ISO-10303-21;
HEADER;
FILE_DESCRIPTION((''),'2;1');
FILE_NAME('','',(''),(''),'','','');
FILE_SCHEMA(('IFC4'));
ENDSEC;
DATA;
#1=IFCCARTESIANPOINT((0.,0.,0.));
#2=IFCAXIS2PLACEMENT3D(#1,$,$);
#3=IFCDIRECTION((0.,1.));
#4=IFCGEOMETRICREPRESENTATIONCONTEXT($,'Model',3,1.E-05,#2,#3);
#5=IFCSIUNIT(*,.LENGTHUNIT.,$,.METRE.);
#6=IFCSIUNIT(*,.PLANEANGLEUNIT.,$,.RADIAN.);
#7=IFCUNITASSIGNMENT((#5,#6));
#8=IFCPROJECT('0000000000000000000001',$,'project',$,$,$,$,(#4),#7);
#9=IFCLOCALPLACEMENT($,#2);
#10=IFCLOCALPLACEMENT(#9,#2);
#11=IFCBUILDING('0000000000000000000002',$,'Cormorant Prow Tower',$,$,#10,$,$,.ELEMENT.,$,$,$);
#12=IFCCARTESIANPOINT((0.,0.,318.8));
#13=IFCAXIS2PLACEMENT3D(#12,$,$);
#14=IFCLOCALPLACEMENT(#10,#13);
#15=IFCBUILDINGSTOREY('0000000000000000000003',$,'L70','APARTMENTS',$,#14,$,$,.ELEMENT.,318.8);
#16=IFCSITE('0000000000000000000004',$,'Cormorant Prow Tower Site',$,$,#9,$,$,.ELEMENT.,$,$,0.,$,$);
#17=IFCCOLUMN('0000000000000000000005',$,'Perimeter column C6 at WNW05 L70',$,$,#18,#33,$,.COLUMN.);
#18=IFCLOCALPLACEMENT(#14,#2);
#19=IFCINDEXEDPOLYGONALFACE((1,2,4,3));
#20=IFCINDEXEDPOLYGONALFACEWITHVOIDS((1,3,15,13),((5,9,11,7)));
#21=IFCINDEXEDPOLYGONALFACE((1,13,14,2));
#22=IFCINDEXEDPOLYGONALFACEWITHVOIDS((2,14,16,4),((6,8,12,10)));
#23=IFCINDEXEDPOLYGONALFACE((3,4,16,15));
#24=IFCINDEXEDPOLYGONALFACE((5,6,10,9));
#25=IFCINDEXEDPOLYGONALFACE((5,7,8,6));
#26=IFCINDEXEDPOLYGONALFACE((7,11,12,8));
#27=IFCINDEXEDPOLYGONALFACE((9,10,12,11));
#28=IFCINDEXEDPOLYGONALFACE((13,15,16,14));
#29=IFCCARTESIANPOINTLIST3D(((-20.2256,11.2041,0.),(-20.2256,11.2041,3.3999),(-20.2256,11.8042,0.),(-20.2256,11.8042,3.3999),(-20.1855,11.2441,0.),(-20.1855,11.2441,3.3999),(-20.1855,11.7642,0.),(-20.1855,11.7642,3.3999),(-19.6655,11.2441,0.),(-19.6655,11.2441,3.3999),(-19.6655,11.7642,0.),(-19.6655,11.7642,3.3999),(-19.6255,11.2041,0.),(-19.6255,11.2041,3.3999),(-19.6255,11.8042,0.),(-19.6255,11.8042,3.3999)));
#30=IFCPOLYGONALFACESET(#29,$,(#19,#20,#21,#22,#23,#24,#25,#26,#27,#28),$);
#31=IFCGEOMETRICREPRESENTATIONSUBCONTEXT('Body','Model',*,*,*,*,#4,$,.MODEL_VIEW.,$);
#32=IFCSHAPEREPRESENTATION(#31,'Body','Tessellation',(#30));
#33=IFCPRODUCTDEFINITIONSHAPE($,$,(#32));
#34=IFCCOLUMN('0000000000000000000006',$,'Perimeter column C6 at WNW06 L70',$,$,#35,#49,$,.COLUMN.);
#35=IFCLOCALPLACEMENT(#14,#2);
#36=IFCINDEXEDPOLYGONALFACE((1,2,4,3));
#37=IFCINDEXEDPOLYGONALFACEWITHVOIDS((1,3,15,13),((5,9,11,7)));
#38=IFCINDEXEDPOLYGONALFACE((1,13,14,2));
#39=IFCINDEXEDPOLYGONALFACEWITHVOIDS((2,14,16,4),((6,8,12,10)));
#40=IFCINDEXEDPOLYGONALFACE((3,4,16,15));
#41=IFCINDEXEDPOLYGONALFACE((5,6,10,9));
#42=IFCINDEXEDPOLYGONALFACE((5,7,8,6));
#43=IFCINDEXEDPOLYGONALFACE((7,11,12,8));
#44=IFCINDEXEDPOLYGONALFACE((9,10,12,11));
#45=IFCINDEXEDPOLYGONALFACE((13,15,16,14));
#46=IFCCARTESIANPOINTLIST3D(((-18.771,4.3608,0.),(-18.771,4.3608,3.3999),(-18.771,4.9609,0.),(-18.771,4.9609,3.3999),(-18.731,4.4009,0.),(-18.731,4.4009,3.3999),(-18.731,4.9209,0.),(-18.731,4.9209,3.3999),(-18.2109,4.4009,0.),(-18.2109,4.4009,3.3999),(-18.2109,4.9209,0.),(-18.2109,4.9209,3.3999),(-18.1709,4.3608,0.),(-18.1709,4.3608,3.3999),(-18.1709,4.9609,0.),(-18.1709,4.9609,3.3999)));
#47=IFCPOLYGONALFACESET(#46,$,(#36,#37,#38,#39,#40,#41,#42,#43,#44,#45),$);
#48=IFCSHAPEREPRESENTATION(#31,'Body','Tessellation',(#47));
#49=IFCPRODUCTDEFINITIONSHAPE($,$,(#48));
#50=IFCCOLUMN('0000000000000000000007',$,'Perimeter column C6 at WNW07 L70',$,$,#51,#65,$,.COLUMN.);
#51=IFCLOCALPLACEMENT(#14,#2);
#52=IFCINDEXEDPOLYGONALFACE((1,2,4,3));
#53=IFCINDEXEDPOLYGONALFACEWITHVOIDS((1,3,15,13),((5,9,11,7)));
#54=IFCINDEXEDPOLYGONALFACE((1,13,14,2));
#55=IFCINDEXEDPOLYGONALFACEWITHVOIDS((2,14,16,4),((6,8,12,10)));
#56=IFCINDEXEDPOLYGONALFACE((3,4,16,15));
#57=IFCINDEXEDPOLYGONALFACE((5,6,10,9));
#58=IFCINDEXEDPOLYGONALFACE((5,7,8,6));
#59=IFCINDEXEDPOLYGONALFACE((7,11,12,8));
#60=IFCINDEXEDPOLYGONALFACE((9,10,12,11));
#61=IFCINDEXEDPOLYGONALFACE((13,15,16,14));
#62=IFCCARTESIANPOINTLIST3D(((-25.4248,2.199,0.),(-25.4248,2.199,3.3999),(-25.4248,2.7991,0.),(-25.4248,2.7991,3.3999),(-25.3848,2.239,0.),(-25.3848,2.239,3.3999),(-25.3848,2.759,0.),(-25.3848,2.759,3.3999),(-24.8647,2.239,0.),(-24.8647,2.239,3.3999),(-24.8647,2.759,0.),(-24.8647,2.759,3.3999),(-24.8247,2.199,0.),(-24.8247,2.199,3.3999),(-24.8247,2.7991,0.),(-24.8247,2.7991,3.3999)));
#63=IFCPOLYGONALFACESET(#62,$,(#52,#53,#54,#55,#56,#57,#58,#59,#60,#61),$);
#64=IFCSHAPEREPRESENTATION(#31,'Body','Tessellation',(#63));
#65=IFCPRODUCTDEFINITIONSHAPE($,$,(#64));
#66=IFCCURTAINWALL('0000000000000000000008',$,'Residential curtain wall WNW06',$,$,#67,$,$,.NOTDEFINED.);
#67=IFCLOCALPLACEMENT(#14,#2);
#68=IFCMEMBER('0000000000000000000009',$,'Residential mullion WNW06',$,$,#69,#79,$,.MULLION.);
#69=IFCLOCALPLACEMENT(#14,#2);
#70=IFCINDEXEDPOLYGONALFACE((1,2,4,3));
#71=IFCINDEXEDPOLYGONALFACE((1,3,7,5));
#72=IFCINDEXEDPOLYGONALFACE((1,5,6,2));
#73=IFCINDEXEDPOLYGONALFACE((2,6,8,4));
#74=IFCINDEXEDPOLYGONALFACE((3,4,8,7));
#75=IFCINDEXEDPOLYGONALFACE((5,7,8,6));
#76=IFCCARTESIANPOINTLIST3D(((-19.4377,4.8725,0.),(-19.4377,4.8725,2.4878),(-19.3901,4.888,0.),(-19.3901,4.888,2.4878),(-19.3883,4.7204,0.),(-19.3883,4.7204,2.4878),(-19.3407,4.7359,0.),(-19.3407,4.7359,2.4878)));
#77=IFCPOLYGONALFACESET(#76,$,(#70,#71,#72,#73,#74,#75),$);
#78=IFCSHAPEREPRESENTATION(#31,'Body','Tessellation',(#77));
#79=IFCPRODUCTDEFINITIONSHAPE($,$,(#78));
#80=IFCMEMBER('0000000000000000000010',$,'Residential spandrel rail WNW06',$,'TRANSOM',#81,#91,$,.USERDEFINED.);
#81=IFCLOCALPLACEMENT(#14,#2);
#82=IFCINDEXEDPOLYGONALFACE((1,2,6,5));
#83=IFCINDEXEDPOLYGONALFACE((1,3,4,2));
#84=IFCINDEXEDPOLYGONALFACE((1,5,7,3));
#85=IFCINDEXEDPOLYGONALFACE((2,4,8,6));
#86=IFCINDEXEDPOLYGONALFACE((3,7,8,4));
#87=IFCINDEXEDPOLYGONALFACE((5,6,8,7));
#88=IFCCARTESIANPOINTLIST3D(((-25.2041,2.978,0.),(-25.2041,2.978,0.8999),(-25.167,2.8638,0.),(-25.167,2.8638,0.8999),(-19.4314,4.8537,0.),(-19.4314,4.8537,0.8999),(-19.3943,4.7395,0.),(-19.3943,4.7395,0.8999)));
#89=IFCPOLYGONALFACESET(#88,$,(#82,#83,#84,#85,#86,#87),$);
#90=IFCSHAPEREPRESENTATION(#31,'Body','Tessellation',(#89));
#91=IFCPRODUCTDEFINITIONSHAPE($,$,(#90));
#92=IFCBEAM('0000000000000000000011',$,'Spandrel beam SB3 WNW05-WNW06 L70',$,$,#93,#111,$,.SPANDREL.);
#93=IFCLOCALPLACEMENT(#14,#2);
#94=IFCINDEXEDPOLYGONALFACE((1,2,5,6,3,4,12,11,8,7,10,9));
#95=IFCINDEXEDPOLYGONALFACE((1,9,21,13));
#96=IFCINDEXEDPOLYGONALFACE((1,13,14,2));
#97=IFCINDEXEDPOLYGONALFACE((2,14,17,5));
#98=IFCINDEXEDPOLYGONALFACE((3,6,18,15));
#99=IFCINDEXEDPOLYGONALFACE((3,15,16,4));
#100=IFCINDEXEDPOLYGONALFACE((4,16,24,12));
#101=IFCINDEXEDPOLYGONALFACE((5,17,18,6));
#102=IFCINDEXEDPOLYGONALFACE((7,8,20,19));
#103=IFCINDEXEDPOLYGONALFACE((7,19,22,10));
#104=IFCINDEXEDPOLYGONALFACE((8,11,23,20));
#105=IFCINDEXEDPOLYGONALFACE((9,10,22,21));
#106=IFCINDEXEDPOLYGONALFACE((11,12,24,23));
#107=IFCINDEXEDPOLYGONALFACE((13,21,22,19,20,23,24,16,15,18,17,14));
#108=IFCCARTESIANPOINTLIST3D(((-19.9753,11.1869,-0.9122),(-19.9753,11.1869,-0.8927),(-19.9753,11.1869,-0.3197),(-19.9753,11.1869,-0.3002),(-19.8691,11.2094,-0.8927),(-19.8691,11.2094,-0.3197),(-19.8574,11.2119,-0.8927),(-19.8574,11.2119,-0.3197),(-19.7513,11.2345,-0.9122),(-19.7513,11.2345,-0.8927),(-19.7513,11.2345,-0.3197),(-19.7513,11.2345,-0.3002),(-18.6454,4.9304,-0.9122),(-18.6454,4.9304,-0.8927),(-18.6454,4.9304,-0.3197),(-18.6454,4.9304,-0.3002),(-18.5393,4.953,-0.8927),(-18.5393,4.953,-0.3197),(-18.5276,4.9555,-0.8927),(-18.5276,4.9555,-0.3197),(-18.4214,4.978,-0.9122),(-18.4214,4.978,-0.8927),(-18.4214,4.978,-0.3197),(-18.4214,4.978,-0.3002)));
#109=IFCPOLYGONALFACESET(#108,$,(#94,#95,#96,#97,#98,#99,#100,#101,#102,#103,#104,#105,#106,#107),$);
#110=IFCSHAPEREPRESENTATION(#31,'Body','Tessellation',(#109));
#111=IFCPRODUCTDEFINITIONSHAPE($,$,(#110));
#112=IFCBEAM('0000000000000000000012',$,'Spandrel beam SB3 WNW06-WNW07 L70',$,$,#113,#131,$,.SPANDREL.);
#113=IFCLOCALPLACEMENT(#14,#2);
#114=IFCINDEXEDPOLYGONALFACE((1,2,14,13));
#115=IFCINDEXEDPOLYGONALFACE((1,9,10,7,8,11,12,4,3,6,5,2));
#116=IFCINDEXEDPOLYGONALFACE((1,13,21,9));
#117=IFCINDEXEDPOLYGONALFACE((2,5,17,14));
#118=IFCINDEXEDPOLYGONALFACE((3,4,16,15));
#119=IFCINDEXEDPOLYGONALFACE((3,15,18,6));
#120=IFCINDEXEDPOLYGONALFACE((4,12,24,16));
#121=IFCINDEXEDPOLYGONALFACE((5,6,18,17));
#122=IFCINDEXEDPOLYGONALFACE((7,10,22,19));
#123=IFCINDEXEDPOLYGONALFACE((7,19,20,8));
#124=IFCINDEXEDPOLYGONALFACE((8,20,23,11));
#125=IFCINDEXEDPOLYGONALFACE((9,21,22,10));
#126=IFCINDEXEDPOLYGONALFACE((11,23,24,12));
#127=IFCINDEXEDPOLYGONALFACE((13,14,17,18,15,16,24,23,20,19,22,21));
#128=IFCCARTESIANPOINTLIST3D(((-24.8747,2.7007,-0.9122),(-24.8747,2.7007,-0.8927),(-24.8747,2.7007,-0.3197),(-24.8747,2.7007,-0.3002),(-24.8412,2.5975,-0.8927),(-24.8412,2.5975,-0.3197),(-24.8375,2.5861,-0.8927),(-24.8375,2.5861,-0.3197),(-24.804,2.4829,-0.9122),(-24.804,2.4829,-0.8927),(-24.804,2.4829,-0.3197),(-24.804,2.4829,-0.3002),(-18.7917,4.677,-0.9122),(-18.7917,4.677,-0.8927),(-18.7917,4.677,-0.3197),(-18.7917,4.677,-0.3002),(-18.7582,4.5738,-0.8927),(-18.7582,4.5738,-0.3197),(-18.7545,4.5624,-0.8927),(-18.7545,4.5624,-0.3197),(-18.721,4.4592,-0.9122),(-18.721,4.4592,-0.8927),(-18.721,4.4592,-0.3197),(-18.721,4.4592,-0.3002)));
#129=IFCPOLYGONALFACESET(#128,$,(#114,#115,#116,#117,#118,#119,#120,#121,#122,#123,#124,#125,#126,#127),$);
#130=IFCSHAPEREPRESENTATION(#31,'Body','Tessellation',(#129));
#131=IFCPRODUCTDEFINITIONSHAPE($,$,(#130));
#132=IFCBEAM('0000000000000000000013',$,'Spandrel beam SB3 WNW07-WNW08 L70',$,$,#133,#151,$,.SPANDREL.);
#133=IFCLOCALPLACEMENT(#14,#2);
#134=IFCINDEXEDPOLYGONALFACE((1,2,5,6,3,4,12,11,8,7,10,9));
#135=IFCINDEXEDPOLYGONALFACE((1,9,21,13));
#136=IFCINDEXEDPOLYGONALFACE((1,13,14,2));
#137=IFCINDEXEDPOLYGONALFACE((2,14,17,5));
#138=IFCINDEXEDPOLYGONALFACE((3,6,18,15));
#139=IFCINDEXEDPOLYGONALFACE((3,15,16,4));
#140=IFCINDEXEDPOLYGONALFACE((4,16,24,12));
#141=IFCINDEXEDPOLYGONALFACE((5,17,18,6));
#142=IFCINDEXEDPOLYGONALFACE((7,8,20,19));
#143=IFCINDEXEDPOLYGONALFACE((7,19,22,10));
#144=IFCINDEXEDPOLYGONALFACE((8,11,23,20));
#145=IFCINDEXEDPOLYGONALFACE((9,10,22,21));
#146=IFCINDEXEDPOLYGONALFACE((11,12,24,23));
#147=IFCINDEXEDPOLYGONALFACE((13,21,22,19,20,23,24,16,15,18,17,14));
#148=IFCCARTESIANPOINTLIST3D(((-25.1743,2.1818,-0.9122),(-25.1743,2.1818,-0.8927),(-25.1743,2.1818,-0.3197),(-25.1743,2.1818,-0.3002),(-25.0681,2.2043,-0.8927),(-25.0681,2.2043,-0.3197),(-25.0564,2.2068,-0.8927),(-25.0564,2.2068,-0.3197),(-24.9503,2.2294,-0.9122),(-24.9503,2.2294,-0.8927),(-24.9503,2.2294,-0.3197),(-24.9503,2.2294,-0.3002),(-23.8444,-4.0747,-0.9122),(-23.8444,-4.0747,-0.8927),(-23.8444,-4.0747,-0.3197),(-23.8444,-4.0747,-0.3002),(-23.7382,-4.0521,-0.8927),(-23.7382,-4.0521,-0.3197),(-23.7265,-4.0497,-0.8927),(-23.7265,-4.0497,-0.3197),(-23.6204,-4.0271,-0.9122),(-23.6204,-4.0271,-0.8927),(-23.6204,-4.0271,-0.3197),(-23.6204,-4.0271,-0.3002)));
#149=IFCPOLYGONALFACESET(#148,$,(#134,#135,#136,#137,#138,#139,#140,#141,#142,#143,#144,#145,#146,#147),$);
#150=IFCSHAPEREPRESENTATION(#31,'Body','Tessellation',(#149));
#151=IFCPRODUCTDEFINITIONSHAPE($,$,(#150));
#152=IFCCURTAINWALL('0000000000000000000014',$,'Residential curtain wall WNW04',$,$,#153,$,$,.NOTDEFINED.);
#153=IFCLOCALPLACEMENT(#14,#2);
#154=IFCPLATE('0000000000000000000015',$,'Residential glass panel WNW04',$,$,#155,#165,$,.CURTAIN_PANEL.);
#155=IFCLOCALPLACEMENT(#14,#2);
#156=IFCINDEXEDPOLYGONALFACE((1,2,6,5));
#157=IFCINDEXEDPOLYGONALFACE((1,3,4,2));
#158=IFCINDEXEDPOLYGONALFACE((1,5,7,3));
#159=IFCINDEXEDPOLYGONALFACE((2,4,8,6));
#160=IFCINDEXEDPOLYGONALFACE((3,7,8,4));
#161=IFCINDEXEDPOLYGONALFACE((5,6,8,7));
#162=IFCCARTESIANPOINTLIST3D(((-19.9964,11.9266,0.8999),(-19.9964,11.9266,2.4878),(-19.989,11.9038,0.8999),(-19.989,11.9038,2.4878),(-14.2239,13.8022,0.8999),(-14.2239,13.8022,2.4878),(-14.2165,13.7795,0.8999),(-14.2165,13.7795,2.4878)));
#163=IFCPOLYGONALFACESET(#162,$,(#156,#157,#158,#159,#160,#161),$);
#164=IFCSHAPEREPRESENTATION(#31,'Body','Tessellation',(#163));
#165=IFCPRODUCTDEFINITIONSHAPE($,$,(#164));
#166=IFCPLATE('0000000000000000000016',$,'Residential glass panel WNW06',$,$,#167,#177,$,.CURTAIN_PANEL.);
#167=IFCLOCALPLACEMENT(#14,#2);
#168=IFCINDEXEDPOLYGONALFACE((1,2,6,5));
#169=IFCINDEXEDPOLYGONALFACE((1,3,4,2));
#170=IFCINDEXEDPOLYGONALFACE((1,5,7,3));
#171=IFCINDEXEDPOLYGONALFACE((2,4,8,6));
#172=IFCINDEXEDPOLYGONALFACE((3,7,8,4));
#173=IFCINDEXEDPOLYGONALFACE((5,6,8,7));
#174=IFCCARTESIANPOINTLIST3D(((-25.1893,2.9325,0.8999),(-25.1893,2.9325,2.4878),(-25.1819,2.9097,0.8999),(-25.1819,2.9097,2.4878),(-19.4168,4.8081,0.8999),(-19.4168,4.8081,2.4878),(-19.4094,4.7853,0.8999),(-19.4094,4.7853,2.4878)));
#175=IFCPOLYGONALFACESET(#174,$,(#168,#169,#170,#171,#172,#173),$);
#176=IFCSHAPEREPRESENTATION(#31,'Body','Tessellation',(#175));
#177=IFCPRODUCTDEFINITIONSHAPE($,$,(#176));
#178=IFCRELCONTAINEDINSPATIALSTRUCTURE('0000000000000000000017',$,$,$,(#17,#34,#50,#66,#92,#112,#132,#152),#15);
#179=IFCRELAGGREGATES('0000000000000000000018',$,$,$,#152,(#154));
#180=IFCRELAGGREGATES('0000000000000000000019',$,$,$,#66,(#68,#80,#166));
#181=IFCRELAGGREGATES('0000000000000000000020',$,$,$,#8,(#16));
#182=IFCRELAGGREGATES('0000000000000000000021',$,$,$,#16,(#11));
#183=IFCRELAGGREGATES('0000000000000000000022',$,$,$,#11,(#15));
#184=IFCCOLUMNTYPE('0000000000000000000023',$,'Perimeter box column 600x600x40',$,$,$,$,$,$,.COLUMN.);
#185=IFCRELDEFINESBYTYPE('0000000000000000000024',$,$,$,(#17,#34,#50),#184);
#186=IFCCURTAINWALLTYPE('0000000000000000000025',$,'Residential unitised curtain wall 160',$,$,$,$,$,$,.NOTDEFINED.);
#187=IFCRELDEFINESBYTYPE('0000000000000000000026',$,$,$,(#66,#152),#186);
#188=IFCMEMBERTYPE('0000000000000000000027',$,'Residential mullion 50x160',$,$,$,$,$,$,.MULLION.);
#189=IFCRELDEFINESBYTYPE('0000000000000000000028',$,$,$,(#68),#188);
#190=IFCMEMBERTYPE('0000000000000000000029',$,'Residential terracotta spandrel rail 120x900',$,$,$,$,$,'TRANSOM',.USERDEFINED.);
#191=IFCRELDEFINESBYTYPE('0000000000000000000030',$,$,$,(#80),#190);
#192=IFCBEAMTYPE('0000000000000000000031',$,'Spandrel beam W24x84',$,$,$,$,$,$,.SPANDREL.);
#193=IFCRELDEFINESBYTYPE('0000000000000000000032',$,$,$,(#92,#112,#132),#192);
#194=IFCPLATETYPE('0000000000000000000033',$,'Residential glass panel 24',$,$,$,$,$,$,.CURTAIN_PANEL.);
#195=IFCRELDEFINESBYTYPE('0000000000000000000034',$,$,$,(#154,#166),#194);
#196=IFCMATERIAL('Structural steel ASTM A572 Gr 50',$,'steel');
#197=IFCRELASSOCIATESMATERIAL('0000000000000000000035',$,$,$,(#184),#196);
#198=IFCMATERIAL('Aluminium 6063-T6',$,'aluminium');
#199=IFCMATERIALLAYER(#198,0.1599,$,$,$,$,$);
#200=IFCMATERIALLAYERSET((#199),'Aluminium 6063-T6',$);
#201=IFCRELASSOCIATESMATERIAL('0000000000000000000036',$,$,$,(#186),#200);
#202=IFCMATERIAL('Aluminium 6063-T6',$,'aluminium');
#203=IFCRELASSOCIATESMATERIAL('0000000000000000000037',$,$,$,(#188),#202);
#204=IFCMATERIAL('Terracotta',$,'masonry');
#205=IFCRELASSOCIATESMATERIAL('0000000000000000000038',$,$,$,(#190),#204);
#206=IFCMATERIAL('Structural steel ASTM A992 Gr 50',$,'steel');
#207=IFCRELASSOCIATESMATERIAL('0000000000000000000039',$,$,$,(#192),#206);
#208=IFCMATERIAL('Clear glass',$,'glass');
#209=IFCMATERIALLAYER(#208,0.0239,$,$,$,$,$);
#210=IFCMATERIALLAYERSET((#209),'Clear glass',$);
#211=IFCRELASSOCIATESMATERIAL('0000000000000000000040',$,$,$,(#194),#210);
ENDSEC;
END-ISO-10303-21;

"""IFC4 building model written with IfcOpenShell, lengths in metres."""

from ifc_helpers import new_model, si_unit, direction, frame, origin, origin_2d, place, context, subcontext, project, spatial, rectangle, hollow_rectangle, i_section, extrude, material, layer, layer_set, material_profile, profile_set, type_object, element, aggregate, save


model = new_model("IFC4")

# Units and contexts
model_context = context("Model", 3, precision=1e-05, world=origin(), true_north=direction((0.0, 1.0)))
body_context = subcontext(model_context, "Body", "Model", "MODEL_VIEW")
ifc_project = project(units=[si_unit("LENGTHUNIT", "METRE"), si_unit("PLANEANGLEUNIT", "RADIAN")], contexts=[model_context])

# Site, building, storey
site_placement = place(None, origin())
site = spatial("IfcSite", under=ifc_project, at=site_placement, Name="Cormorant Prow Tower Site", CompositionType="ELEMENT", RefElevation=0.0)
building_placement = place(site_placement, origin())
building = spatial("IfcBuilding", under=site, at=building_placement, Name="Cormorant Prow Tower", CompositionType="ELEMENT")
storey_placement = place(building_placement, frame((0.0, 0.0, 318.8)))
storey = spatial("IfcBuildingStorey", under=building, at=storey_placement, Name="L70", Description="APARTMENTS", CompositionType="ELEMENT", Elevation=318.8)

# Columns
ifc_material_1 = material(Name="Structural steel ASTM A572 Gr 50", Category="steel")
ifc_material_profile_1 = material_profile(ifc_material_1, hollow_rectangle(XDim=0.6001, YDim=0.6001, WallThickness=0.04, at=origin_2d()), Name="Box 600x600x40")
ifc_profile_set_1 = profile_set([ifc_material_profile_1], Name="Structural steel ASTM A572 Gr 50")
column_type = type_object("IfcColumnType", Name="Perimeter box column 600x600x40", PredefinedType="COLUMN", material=ifc_profile_set_1)
for number, where, z_axis, x_axis, name in (
    (1, (-19.9255, 11.5042, 0.0), (0.0, 0.0, 1.0), (1.0, 0.0, 0.0), "Perimeter column C6 at WNW05 L70"),
    (2, (-18.4709, 4.6609, 0.0), (0.0, 0.0, 1.0), (1.0, 0.0, 0.0), "Perimeter column C6 at WNW06 L70"),
    (3, (-25.1248, 2.499, 0.0), (0.0, 0.0, 1.0), (1.0, 0.0, 0.0), "Perimeter column C6 at WNW07 L70"),
):
    element("IfcColumn", number, at=place(storey_placement, frame(where, z_axis=z_axis, x_axis=x_axis)), inside=storey, type_object=column_type, Name=name, PredefinedType="COLUMN", context=body_context, shape_type="SweptSolid", body=[
        extrude(hollow_rectangle(XDim=0.6001, YDim=0.6001, WallThickness=0.04, at=origin_2d()), origin(), (0.0, 0.0, 1.0), 3.3999),
    ])

# Curtain wall, members
ifc_material_2 = material(Name="Aluminium 6063-T6", Category="aluminium")
ifc_layer_1 = layer(ifc_material_2, 0.1599)
ifc_layer_set_1 = layer_set([ifc_layer_1], Name="Aluminium 6063-T6")
curtain_wall_type = type_object("IfcCurtainWallType", Name="Residential unitised curtain wall 160", PredefinedType="NOTDEFINED", material=ifc_layer_set_1)
curtain_wall_1_placement = place(storey_placement, origin())
curtain_wall_1 = element("IfcCurtainWall", 4, at=curtain_wall_1_placement, inside=storey, type_object=curtain_wall_type, Name="Residential curtain wall WNW06", PredefinedType="NOTDEFINED")
ifc_material_3 = material(Name="Aluminium 6063-T6", Category="aluminium")
ifc_material_profile_2 = material_profile(ifc_material_3, rectangle(XDim=0.1599, YDim=0.05, at=origin_2d()), Name="Residential mullion 50x160")
ifc_profile_set_2 = profile_set([ifc_material_profile_2], Name="Aluminium 6063-T6")
member_type_1 = type_object("IfcMemberType", Name="Residential mullion 50x160", PredefinedType="MULLION", material=ifc_profile_set_2)
member_1_placement = place(storey_placement, frame((-19.3892, 4.8042, 0.0), z_axis=(0.0, 0.0, 1.0), x_axis=(0.309017, -0.951057, 0.0)))
member_1 = element("IfcMember", 5, at=member_1_placement, type_object=member_type_1, Name="Residential mullion WNW06", PredefinedType="MULLION", context=body_context, shape_type="SweptSolid", body=[
    extrude(rectangle(XDim=0.1599, YDim=0.05, at=origin_2d()), origin(), (0.0, 0.0, 1.0), 2.4878),
])
ifc_material_4 = material(Name="Terracotta", Category="masonry")
ifc_material_profile_3 = material_profile(ifc_material_4, rectangle(XDim=0.1201, YDim=0.8999, at=origin_2d()), Name="Residential terracotta spandrel rail 120x900")
ifc_profile_set_3 = profile_set([ifc_material_profile_3], Name="Terracotta")
member_type_2 = type_object("IfcMemberType", Name="Residential terracotta spandrel rail 120x900", ElementType="TRANSOM", PredefinedType="USERDEFINED", material=ifc_profile_set_3)
member_2_placement = place(storey_placement, frame((-19.4128, 4.7966, 0.45), z_axis=(-0.951053, -0.309027, 0.0), x_axis=(0.309027, -0.951053, 0.0)))
member_2 = element("IfcMember", 6, at=member_2_placement, type_object=member_type_2, Name="Residential spandrel rail WNW06", ObjectType="TRANSOM", PredefinedType="USERDEFINED", context=body_context, shape_type="SweptSolid", body=[
    extrude(rectangle(XDim=0.1201, YDim=0.8999, at=origin_2d()), origin(), (0.0, 0.0, 1.0), 6.0698),
])

# Beams
ifc_material_5 = material(Name="Structural steel ASTM A992 Gr 50", Category="steel")
ifc_material_profile_4 = material_profile(ifc_material_5, i_section(OverallWidth=0.229, OverallDepth=0.6121, WebThickness=0.012, FlangeThickness=0.0195, at=origin_2d()), Name="W24x84")
ifc_profile_set_4 = profile_set([ifc_material_profile_4], Name="Structural steel ASTM A992 Gr 50")
beam_type = type_object("IfcBeamType", Name="Spandrel beam W24x84", PredefinedType="SPANDREL", material=ifc_profile_set_4)
beam_1_placement = place(storey_placement, frame((-19.8633, 11.2107, -0.6062), z_axis=(0.207913, -0.978147, 0.0), x_axis=(0.978147, 0.207913, 0.0)))
element("IfcBeam", 7, at=beam_1_placement, inside=storey, type_object=beam_type, Name="Spandrel beam SB3 WNW05-WNW06 L70", PredefinedType="SPANDREL", context=body_context, shape_type="SweptSolid", body=[
    extrude(i_section(OverallWidth=0.229, OverallDepth=0.6121, WebThickness=0.012, FlangeThickness=0.0195, at=origin_2d()), origin(), (0.0, 0.0, 1.0), 6.3962),
])
beam_2_placement = place(storey_placement, frame((-18.7563, 4.5681, -0.6062), z_axis=(-0.951064, -0.308993, 0.0), x_axis=(0.308993, -0.951064, 0.0)))
element("IfcBeam", 8, at=beam_2_placement, inside=storey, type_object=beam_type, Name="Spandrel beam SB3 WNW06-WNW07 L70", PredefinedType="SPANDREL", context=body_context, shape_type="SweptSolid", body=[
    extrude(i_section(OverallWidth=0.229, OverallDepth=0.6121, WebThickness=0.012, FlangeThickness=0.0195, at=origin_2d()), origin(), (0.0, 0.0, 1.0), 6.396),
])
beam_3_placement = place(storey_placement, frame((-25.0623, 2.2056, -0.6062), z_axis=(0.207913, -0.978147, 0.0), x_axis=(0.978147, 0.207913, 0.0)))
element("IfcBeam", 9, at=beam_3_placement, inside=storey, type_object=beam_type, Name="Spandrel beam SB3 WNW07-WNW08 L70", PredefinedType="SPANDREL", context=body_context, shape_type="SweptSolid", body=[
    extrude(i_section(OverallWidth=0.229, OverallDepth=0.6121, WebThickness=0.012, FlangeThickness=0.0195, at=origin_2d()), origin(), (0.0, 0.0, 1.0), 6.3962),
])

# Curtain wall, plate
curtain_wall_2_placement = place(storey_placement, origin())
curtain_wall_2 = element("IfcCurtainWall", 10, at=curtain_wall_2_placement, inside=storey, type_object=curtain_wall_type, Name="Residential curtain wall WNW04", PredefinedType="NOTDEFINED")
ifc_material_6 = material(Name="Clear glass", Category="glass")
ifc_layer_2 = layer(ifc_material_6, 0.0239)
ifc_layer_set_2 = layer_set([ifc_layer_2], Name="Clear glass")
plate_type = type_object("IfcPlateType", Name="Residential glass panel 24", PredefinedType="CURTAIN_PANEL", material=ifc_layer_set_2)
plate_1_placement = place(storey_placement, frame((-17.1064, 12.853, 0.8999), z_axis=(0.0, 0.0, 1.0), x_axis=(-0.951056, -0.309017, 0.0)))
plate_1 = element("IfcPlate", 11, at=plate_1_placement, type_object=plate_type, Name="Residential glass panel WNW04", PredefinedType="CURTAIN_PANEL", context=body_context, shape_type="SweptSolid", body=[
    extrude(rectangle(XDim=6.0696, YDim=0.0239, at=origin_2d()), origin(), (0.0, 0.0, 1.0), 1.5879),
])
aggregate(curtain_wall_2, [plate_1])

# Plate
plate_2_placement = place(storey_placement, frame((-22.2993, 3.8589, 0.8999), z_axis=(0.0, 0.0, 1.0), x_axis=(-0.951057, -0.309017, 0.0)))
plate_2 = element("IfcPlate", 12, at=plate_2_placement, type_object=plate_type, Name="Residential glass panel WNW06", PredefinedType="CURTAIN_PANEL", context=body_context, shape_type="SweptSolid", body=[
    extrude(rectangle(XDim=6.0696, YDim=0.0239, at=origin_2d()), origin(), (0.0, 0.0, 1.0), 1.5879),
])
aggregate(curtain_wall_1, [member_1, member_2, plate_2])

save(model, "model.ifc")
